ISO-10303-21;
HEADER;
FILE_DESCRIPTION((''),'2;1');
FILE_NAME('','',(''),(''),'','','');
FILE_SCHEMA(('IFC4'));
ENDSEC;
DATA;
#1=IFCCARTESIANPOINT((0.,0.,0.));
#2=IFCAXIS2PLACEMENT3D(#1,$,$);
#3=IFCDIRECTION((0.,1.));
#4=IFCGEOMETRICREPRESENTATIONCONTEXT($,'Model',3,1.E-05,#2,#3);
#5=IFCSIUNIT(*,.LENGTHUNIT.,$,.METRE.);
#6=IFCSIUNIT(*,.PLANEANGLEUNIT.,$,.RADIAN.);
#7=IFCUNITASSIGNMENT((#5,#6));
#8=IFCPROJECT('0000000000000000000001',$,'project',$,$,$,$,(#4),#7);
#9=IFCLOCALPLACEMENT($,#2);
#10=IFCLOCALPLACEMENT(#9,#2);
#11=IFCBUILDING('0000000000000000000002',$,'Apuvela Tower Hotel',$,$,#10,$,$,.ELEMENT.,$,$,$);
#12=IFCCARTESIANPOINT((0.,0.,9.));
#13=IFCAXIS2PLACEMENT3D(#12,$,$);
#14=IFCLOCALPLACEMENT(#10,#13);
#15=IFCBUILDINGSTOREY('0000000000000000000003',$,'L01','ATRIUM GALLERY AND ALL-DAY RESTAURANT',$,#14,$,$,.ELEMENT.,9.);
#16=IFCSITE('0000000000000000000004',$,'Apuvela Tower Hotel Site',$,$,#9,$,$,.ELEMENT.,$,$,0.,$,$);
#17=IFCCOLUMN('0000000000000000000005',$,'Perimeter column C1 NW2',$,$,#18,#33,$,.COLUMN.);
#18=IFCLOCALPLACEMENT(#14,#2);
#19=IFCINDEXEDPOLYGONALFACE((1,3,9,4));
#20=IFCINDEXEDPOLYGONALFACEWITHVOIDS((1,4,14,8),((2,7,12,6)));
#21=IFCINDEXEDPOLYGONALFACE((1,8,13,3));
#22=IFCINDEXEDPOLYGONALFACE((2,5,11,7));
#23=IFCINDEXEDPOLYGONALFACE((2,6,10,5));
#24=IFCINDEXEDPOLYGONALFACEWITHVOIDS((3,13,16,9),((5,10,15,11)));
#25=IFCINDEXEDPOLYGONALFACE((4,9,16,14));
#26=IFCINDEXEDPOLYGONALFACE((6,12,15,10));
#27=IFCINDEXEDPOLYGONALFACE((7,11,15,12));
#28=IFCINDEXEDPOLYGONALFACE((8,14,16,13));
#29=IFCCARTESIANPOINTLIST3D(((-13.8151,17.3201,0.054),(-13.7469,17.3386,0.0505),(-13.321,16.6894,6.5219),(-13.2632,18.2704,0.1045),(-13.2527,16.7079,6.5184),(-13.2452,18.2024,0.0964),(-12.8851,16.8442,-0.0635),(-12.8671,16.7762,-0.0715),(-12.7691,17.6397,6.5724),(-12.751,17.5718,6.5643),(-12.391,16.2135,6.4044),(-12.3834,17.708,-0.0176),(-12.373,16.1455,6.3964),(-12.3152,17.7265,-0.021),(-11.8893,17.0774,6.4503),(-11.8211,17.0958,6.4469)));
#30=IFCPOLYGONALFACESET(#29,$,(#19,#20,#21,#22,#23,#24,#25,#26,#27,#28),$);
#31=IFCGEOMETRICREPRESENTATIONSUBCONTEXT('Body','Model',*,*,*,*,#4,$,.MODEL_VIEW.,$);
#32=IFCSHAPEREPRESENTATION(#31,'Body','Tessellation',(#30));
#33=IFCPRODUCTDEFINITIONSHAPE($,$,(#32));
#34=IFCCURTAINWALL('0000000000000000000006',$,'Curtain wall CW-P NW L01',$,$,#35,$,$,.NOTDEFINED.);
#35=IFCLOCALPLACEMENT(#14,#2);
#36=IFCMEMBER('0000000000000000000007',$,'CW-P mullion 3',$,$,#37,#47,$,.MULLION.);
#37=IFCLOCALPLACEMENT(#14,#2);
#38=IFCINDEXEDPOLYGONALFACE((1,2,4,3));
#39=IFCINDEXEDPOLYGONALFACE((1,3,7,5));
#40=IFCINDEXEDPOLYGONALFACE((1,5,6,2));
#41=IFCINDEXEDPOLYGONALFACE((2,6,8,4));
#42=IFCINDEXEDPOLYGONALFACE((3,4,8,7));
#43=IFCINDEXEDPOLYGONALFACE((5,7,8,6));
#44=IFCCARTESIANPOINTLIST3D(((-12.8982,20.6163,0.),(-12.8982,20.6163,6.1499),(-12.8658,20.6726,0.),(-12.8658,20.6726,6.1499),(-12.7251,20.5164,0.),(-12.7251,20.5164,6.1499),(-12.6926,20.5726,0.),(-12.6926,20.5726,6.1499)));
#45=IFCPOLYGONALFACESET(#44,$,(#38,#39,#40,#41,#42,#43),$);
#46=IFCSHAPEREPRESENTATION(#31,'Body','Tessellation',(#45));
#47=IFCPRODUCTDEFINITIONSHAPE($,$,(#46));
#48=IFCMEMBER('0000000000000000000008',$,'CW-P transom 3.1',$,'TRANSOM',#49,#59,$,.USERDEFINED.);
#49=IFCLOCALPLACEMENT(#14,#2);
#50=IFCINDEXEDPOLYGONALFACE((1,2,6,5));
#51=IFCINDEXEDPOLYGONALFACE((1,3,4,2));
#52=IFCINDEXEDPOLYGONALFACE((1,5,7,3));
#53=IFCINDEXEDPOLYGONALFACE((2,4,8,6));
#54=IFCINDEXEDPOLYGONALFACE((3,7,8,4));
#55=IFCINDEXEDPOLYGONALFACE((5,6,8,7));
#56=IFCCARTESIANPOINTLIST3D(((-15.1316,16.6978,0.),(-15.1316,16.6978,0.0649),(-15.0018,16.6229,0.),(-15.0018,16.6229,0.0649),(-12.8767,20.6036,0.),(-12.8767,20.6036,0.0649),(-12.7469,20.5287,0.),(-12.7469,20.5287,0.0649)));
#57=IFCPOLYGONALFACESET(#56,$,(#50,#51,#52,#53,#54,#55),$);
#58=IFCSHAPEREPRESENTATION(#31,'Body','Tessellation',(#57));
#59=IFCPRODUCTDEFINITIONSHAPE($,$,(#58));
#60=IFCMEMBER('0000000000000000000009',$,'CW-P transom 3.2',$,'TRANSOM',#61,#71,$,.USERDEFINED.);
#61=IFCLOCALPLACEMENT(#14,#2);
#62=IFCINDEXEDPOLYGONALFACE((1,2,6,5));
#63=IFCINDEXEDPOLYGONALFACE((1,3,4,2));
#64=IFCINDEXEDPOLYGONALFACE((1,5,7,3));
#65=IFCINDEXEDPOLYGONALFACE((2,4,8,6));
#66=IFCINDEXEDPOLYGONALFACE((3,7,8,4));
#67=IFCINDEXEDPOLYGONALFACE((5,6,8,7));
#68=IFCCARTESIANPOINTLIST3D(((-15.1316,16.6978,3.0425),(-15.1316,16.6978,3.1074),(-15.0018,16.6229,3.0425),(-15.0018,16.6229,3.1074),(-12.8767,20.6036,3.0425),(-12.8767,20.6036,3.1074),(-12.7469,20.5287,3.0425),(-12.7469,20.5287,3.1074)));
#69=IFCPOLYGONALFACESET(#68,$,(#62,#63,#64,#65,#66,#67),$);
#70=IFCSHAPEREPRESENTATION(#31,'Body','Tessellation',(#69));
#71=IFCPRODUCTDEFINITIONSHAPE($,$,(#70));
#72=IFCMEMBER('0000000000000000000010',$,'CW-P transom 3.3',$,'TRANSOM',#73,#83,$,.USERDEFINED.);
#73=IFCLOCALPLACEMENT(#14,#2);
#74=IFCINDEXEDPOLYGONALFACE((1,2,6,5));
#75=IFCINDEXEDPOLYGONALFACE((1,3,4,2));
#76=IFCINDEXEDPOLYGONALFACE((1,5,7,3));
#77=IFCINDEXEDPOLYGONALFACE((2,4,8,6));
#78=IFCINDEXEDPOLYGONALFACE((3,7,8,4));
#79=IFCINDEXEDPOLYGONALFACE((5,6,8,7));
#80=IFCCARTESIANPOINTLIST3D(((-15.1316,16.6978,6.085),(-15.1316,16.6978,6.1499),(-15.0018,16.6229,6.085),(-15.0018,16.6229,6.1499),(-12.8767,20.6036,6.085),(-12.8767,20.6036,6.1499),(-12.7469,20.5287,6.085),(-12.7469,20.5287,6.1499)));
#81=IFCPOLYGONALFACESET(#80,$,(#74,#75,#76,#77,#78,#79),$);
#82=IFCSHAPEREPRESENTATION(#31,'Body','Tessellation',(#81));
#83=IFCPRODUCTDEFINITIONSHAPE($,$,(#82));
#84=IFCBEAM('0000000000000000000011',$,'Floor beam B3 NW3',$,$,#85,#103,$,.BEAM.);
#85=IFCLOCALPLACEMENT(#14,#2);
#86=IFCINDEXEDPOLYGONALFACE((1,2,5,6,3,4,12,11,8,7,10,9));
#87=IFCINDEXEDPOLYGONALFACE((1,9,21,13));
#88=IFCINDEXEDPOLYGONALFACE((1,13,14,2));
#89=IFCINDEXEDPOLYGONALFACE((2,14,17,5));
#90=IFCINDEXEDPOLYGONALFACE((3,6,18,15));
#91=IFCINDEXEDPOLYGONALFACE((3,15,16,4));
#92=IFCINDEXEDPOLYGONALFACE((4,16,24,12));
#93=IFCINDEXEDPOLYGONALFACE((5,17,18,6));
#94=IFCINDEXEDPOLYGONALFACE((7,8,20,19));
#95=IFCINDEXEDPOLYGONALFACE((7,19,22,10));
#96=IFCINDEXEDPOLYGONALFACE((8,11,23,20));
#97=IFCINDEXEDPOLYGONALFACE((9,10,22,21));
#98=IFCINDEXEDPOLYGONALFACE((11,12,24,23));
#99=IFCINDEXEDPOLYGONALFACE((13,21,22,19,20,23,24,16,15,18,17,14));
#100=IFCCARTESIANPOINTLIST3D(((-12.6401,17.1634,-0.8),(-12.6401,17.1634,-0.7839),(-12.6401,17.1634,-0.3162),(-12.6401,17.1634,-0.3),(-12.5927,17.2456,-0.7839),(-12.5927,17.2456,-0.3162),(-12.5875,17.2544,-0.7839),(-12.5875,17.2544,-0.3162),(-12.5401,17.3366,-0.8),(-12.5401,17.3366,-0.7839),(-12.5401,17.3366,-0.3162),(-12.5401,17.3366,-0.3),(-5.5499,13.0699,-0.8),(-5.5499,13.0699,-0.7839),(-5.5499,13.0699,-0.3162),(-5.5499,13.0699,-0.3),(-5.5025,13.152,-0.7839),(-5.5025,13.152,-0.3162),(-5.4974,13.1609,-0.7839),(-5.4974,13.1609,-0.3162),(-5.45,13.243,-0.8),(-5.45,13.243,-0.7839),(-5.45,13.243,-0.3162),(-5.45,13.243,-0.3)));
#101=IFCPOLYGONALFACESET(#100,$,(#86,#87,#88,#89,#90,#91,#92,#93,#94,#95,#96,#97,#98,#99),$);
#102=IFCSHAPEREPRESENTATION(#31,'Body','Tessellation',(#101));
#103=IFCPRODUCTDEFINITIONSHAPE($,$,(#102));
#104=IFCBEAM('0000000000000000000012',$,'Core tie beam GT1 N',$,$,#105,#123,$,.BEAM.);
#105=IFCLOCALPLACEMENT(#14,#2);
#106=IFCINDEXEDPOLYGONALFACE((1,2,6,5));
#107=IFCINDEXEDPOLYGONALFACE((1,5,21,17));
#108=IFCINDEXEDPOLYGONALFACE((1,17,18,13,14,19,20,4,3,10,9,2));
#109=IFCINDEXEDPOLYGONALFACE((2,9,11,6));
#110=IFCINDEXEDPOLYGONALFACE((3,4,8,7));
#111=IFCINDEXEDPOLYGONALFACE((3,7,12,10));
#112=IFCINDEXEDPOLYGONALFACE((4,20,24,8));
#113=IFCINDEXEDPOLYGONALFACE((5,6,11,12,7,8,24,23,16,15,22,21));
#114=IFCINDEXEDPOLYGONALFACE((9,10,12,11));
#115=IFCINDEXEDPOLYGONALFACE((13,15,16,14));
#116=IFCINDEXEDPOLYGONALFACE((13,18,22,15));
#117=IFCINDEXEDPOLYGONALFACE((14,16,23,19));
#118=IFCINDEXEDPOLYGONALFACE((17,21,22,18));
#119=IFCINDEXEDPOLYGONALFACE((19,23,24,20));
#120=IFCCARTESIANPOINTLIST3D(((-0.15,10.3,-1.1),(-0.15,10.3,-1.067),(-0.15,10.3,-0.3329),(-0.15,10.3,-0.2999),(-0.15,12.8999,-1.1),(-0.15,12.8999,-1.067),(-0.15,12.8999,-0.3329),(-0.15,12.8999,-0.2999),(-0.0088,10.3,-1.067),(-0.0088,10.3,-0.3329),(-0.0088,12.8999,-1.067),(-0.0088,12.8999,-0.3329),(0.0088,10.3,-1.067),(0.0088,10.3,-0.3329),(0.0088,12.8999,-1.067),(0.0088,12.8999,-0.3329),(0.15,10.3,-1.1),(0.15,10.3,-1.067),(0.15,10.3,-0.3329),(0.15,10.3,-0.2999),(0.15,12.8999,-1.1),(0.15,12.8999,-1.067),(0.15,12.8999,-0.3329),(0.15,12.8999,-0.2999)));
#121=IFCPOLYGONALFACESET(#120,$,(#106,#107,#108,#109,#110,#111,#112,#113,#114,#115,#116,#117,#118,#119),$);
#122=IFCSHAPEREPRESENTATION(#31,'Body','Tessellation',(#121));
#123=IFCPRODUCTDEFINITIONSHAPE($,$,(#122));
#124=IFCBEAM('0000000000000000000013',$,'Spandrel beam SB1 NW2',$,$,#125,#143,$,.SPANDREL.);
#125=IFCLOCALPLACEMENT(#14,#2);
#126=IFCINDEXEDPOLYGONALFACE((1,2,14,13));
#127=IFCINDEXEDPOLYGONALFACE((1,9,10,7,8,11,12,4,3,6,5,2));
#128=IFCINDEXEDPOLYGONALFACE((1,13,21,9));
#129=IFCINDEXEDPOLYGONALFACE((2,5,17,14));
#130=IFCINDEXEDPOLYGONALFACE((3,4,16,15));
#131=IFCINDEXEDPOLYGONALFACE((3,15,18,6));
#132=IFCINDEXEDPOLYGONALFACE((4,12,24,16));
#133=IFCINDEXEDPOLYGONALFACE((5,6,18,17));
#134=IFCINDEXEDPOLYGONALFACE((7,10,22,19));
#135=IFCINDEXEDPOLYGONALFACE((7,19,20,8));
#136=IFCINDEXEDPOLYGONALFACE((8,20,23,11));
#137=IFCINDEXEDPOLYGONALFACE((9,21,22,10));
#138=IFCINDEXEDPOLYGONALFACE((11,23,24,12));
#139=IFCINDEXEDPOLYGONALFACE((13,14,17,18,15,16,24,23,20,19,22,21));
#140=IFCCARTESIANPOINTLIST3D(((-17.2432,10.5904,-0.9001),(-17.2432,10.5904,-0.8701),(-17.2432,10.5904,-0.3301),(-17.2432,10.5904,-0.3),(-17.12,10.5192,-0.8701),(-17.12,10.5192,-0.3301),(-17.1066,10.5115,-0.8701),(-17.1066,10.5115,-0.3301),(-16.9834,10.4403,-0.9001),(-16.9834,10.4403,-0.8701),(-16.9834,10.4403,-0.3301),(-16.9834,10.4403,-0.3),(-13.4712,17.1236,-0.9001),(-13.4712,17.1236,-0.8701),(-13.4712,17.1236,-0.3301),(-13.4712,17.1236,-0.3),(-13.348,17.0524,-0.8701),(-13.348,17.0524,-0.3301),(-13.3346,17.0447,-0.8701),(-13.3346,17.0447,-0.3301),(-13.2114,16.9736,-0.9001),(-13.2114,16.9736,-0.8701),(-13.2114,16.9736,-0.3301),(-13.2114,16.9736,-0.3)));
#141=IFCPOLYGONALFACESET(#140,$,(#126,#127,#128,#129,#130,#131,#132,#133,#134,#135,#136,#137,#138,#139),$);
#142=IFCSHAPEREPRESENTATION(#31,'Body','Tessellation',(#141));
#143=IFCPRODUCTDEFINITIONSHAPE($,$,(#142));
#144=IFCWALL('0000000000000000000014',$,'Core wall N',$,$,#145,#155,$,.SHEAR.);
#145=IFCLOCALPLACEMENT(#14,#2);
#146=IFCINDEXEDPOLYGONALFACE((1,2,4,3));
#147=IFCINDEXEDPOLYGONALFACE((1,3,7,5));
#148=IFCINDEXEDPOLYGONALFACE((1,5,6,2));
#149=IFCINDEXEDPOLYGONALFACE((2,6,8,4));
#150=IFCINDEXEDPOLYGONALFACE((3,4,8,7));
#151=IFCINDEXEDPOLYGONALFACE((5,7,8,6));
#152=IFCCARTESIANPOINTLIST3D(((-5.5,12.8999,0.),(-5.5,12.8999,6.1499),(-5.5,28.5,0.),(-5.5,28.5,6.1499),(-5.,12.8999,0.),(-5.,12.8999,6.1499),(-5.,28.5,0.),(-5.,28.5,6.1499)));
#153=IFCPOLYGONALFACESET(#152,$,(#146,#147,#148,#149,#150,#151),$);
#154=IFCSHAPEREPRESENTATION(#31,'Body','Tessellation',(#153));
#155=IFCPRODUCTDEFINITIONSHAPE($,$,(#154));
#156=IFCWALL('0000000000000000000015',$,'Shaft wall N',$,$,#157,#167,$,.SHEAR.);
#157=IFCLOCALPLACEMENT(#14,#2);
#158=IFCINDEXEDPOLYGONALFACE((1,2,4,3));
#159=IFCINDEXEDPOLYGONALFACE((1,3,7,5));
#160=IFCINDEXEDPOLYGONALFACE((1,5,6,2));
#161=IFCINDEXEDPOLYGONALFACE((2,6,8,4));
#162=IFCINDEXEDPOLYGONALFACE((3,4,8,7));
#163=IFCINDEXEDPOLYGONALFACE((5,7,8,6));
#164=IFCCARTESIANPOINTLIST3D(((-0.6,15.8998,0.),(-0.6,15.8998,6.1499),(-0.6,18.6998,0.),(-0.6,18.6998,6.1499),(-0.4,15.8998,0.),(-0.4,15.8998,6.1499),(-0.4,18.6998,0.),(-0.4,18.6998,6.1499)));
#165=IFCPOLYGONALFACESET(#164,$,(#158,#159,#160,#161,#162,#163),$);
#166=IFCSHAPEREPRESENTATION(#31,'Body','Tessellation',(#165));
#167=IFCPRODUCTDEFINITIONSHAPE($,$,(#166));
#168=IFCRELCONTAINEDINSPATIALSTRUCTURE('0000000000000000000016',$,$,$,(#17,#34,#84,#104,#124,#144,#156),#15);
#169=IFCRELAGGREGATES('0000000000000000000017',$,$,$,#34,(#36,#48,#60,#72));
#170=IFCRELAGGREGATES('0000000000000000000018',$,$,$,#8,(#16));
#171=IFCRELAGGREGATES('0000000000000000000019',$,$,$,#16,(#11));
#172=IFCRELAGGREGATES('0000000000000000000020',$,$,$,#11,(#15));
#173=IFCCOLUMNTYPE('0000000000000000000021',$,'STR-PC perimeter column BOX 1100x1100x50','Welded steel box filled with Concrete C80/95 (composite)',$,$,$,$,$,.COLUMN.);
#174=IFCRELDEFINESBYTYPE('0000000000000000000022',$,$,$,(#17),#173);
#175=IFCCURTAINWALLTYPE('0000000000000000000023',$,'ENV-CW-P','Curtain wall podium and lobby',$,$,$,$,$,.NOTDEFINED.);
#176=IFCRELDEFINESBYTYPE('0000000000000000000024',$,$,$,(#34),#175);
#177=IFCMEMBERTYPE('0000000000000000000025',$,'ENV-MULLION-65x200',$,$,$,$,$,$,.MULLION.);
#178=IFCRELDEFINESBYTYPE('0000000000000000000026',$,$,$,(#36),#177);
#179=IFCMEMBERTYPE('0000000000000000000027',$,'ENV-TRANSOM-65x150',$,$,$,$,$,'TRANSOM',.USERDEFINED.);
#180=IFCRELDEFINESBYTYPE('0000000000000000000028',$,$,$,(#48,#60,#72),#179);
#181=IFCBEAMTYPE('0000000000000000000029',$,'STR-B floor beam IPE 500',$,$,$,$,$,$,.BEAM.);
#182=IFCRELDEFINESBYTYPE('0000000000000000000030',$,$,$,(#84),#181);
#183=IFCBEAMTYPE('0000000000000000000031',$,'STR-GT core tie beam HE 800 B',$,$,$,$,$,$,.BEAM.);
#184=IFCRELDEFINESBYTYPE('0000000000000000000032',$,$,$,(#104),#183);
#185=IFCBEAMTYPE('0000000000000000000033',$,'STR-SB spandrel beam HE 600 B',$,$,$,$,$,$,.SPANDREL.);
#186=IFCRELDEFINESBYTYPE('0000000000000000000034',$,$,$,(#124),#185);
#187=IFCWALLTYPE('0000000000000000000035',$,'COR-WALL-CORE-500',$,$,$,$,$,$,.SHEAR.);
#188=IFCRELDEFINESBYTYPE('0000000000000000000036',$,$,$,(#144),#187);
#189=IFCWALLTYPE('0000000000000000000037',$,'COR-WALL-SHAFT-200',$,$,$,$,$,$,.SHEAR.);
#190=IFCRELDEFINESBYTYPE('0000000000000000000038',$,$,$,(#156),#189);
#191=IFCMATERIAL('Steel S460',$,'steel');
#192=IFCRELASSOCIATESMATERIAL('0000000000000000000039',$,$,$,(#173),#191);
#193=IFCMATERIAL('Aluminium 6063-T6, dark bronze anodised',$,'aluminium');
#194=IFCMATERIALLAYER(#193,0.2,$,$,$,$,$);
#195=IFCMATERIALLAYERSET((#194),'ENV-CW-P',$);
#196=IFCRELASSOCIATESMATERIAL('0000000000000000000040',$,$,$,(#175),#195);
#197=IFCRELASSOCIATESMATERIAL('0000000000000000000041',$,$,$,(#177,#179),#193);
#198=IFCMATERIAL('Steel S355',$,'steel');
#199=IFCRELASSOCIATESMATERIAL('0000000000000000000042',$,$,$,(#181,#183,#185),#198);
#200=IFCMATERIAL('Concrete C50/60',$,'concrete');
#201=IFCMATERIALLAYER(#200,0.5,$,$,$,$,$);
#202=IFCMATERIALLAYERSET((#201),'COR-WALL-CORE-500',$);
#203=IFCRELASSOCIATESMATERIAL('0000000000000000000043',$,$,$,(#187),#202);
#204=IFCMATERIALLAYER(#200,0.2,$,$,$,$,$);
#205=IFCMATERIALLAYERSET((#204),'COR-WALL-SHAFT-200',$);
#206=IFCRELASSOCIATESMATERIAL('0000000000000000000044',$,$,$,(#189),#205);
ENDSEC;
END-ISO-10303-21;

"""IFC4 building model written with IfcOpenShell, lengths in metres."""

from ifc_helpers import new_model, si_unit, direction, frame, frame_2d, origin, origin_2d, place, context, subcontext, project, spatial, rectangle, hollow_rectangle, i_section, extrude, boolean, halfspace, material, layer, layer_set, material_profile, profile_set, type_object, element, aggregate, save


model = new_model("IFC4")

# Units and contexts
model_context = context("Model", 3, precision=1e-05, world=origin(), true_north=direction((0.0, 1.0)))
body_context = subcontext(model_context, "Body", "Model", "MODEL_VIEW")
ifc_project = project(units=[si_unit("LENGTHUNIT", "METRE"), si_unit("PLANEANGLEUNIT", "RADIAN")], contexts=[model_context])

# Site, building, storey
site_placement = place(None, origin())
site = spatial("IfcSite", under=ifc_project, at=site_placement, Name="Apuvela Tower Hotel Site", CompositionType="ELEMENT", RefElevation=0.0)
building_placement = place(site_placement, origin())
building = spatial("IfcBuilding", under=site, at=building_placement, Name="Apuvela Tower Hotel", CompositionType="ELEMENT")
storey_placement = place(building_placement, frame((0.0, 0.0, 9.0)))
storey = spatial("IfcBuildingStorey", under=building, at=storey_placement, Name="L01", Description="ATRIUM GALLERY AND ALL-DAY RESTAURANT", CompositionType="ELEMENT", Elevation=9.0)

# Column
ifc_material_1 = material(Name="Steel S460", Category="steel")
ifc_material_profile_1 = material_profile(ifc_material_1, hollow_rectangle(XDim=1.1001, YDim=1.1001, WallThickness=0.05, at=origin_2d()), Name="BOX 1100x1100x50")
ifc_material_2 = material(Name="Concrete C80/95", Category="concrete")
ifc_material_profile_2 = material_profile(ifc_material_2, rectangle(XDim=1.0, YDim=1.0, at=origin_2d()), Name="Concrete C80/95 infill")
ifc_profile_set_1 = profile_set([ifc_material_profile_1, ifc_material_profile_2], Name="Steel S460")
column_type = type_object("IfcColumnType", Name="STR-PC perimeter column BOX 1100x1100x50", Description="Welded steel box filled with Concrete C80/95 (composite)", PredefinedType="COLUMN", material=ifc_profile_set_1)
column_placement = place(storey_placement, frame((-13.0664, 17.5249, 0.0), z_axis=(0.075818, -0.096766, 0.992415), x_axis=(0.501684, 0.863832, 0.045902)))
element("IfcColumn", 1, at=column_placement, inside=storey, type_object=column_type, Name="Perimeter column C1 NW2", PredefinedType="COLUMN", context=body_context, shape_type="SweptSolid", body=[
    boolean("DIFFERENCE", boolean("DIFFERENCE", extrude(hollow_rectangle(XDim=1.1001, YDim=1.1001, WallThickness=0.05, at=origin_2d()), origin(), (0.0, 0.0, 1.0), 6.5496), halfspace(frame((0.0, 0.0, 0.0166), z_axis=(0.0, 0.0, 1.0), x_axis=(1.0, 0.0, 0.0)), True)), halfspace(frame((0.0, 0.0, 6.5339), z_axis=(0.0, 0.0, 1.0), x_axis=(1.0, 0.0, 0.0)), False)),
])

# Curtain wall, members
ifc_material_3 = material(Name="Aluminium 6063-T6, dark bronze anodised", Category="aluminium")
ifc_layer_1 = layer(ifc_material_3, 0.2)
ifc_layer_set_1 = layer_set([ifc_layer_1], Name="ENV-CW-P")
curtain_wall_type = type_object("IfcCurtainWallType", Name="ENV-CW-P", Description="Curtain wall podium and lobby", PredefinedType="NOTDEFINED", material=ifc_layer_set_1)
curtain_wall_placement = place(storey_placement, origin())
curtain_wall = element("IfcCurtainWall", 2, at=curtain_wall_placement, inside=storey, type_object=curtain_wall_type, Name="Curtain wall CW-P NW L01", PredefinedType="NOTDEFINED")
ifc_material_profile_3 = material_profile(ifc_material_3, rectangle(XDim=0.2, YDim=0.0649, at=origin_2d()), Name="AL 65x200")
ifc_profile_set_2 = profile_set([ifc_material_profile_3], Name="Aluminium 6063-T6, dark bronze anodised")
member_type_1 = type_object("IfcMemberType", Name="ENV-MULLION-65x200", PredefinedType="MULLION", material=ifc_profile_set_2)
member_1_placement = place(storey_placement, frame((-12.7954, 20.5945, 0.0), z_axis=(0.0, 0.0, 1.0), x_axis=(0.866025, -0.5, 0.0)))
member_1 = element("IfcMember", 3, at=member_1_placement, type_object=member_type_1, Name="CW-P mullion 3", PredefinedType="MULLION", context=body_context, shape_type="SweptSolid", body=[
    extrude(rectangle(XDim=0.2, YDim=0.0649, at=origin_2d()), origin(), (0.0, 0.0, 1.0), 6.1499),
])
ifc_material_profile_4 = material_profile(ifc_material_3, rectangle(XDim=0.1499, YDim=0.0649, at=origin_2d()), Name="AL 65x150 transom")
ifc_profile_set_3 = profile_set([ifc_material_profile_4], Name="Aluminium 6063-T6, dark bronze anodised")
member_type_2 = type_object("IfcMemberType", Name="ENV-TRANSOM-65x150", ElementType="TRANSOM", PredefinedType="USERDEFINED", material=ifc_profile_set_3)
member_2_placement = place(storey_placement, frame((-12.8118, 20.5662, 0.0325), z_axis=(-0.499982, -0.866036, 0.0), x_axis=(0.866036, -0.499982, 0.0)))
member_2 = element("IfcMember", 4, at=member_2_placement, type_object=member_type_2, Name="CW-P transom 3.1", ObjectType="TRANSOM", PredefinedType="USERDEFINED", context=body_context, shape_type="SweptSolid", body=[
    extrude(rectangle(XDim=0.1499, YDim=0.0649, at=origin_2d()), origin(), (0.0, 0.0, 1.0), 4.51),
])
member_3_placement = place(storey_placement, frame((-12.8118, 20.5662, 3.075), z_axis=(-0.499982, -0.866036, 0.0), x_axis=(0.866036, -0.499982, 0.0)))
member_3 = element("IfcMember", 5, at=member_3_placement, type_object=member_type_2, Name="CW-P transom 3.2", ObjectType="TRANSOM", PredefinedType="USERDEFINED", context=body_context, shape_type="SweptSolid", body=[
    extrude(rectangle(XDim=0.1499, YDim=0.0649, at=origin_2d()), origin(), (0.0, 0.0, 1.0), 4.51),
])
member_4_placement = place(storey_placement, frame((-12.8118, 20.5662, 6.1174), z_axis=(-0.499982, -0.866036, 0.0), x_axis=(0.866036, -0.499982, 0.0)))
member_4 = element("IfcMember", 6, at=member_4_placement, type_object=member_type_2, Name="CW-P transom 3.3", ObjectType="TRANSOM", PredefinedType="USERDEFINED", context=body_context, shape_type="SweptSolid", body=[
    extrude(rectangle(XDim=0.1499, YDim=0.0649, at=origin_2d()), origin(), (0.0, 0.0, 1.0), 4.51),
])
aggregate(curtain_wall, [member_1, member_2, member_3, member_4])

# Beams
ifc_material_4 = material(Name="Steel S355", Category="steel")
ifc_material_profile_5 = material_profile(ifc_material_4, i_section(OverallWidth=0.2, OverallDepth=0.5, WebThickness=0.0103, FlangeThickness=0.0161, at=origin_2d()), Name="IPE 500")
ifc_profile_set_4 = profile_set([ifc_material_profile_5], Name="Steel S355")
beam_type_1 = type_object("IfcBeamType", Name="STR-B floor beam IPE 500", PredefinedType="BEAM", material=ifc_profile_set_4)
beam_1_placement = place(storey_placement, frame((-12.5901, 17.25, -0.55), z_axis=(0.866023, -0.500004, 0.0), x_axis=(0.500004, 0.866023, 0.0)))
element("IfcBeam", 7, at=beam_1_placement, inside=storey, type_object=beam_type_1, Name="Floor beam B3 NW3", PredefinedType="BEAM", context=body_context, shape_type="SweptSolid", body=[
    extrude(i_section(OverallWidth=0.2, OverallDepth=0.5, WebThickness=0.0103, FlangeThickness=0.0161, at=origin_2d()), origin(), (0.0, 0.0, 1.0), 8.187),
])
ifc_material_profile_6 = material_profile(ifc_material_4, i_section(OverallWidth=0.3, OverallDepth=0.8, WebThickness=0.0176, FlangeThickness=0.033, at=origin_2d()), Name="HE 800 B")
ifc_profile_set_5 = profile_set([ifc_material_profile_6], Name="Steel S355")
beam_type_2 = type_object("IfcBeamType", Name="STR-GT core tie beam HE 800 B", PredefinedType="BEAM", material=ifc_profile_set_5)
beam_2_placement = place(storey_placement, frame((0.0, 12.8999, -0.7), z_axis=(0.0, -1.0, 0.0), x_axis=(1.0, 0.0, 0.0)))
element("IfcBeam", 8, at=beam_2_placement, inside=storey, type_object=beam_type_2, Name="Core tie beam GT1 N", PredefinedType="BEAM", context=body_context, shape_type="SweptSolid", body=[
    extrude(i_section(OverallWidth=0.3, OverallDepth=0.8, WebThickness=0.0176, FlangeThickness=0.033, at=origin_2d()), origin(), (0.0, 0.0, 1.0), 2.5999),
])
ifc_material_profile_7 = material_profile(ifc_material_4, i_section(OverallWidth=0.3, OverallDepth=0.6001, WebThickness=0.0154, FlangeThickness=0.03, at=origin_2d()), Name="HE 600 B")
ifc_profile_set_6 = profile_set([ifc_material_profile_7], Name="Steel S355")
beam_type_3 = type_object("IfcBeamType", Name="STR-SB spandrel beam HE 600 B", PredefinedType="SPANDREL", material=ifc_profile_set_6)
beam_3_placement = place(storey_placement, frame((-13.3413, 17.0486, -0.6001), z_axis=(-0.500003, -0.866024, 0.0), x_axis=(0.866024, -0.500003, 0.0)))
element("IfcBeam", 9, at=beam_3_placement, inside=storey, type_object=beam_type_3, Name="Spandrel beam SB1 NW2", PredefinedType="SPANDREL", context=body_context, shape_type="SweptSolid", body=[
    extrude(i_section(OverallWidth=0.3, OverallDepth=0.6001, WebThickness=0.0154, FlangeThickness=0.03, at=origin_2d()), origin(), (0.0, 0.0, 1.0), 7.5439),
])

# Walls
ifc_material_5 = material(Name="Concrete C50/60", Category="concrete")
ifc_layer_2 = layer(ifc_material_5, 0.5)
ifc_layer_set_2 = layer_set([ifc_layer_2], Name="COR-WALL-CORE-500")
wall_type_1 = type_object("IfcWallType", Name="COR-WALL-CORE-500", PredefinedType="SHEAR", material=ifc_layer_set_2)
wall_1_placement = place(storey_placement, frame((-5.25, 12.8999, 0.0), z_axis=(0.0, 0.0, 1.0), x_axis=(0.0, 1.0, 0.0)))
element("IfcWall", 10, at=wall_1_placement, inside=storey, type_object=wall_type_1, Name="Core wall N", PredefinedType="SHEAR", context=body_context, shape_type="SweptSolid", body=[
    extrude(rectangle(XDim=15.6001, YDim=0.5, at=frame_2d((7.8, 0.0))), origin(), (0.0, 0.0, 1.0), 6.1499),
])
ifc_layer_3 = layer(ifc_material_5, 0.2)
ifc_layer_set_3 = layer_set([ifc_layer_3], Name="COR-WALL-SHAFT-200")
wall_type_2 = type_object("IfcWallType", Name="COR-WALL-SHAFT-200", PredefinedType="SHEAR", material=ifc_layer_set_3)
wall_2_placement = place(storey_placement, frame((-0.5, 15.8999, 0.0), z_axis=(0.0, 0.0, 1.0), x_axis=(0.0, 1.0, 0.0)))
element("IfcWall", 11, at=wall_2_placement, inside=storey, type_object=wall_type_2, Name="Shaft wall N", PredefinedType="SHEAR", context=body_context, shape_type="SweptSolid", body=[
    extrude(rectangle(XDim=2.8, YDim=0.2, at=frame_2d((1.3999, 0.0))), origin(), (0.0, 0.0, 1.0), 6.1499),
])

save(model, "model.ifc")
